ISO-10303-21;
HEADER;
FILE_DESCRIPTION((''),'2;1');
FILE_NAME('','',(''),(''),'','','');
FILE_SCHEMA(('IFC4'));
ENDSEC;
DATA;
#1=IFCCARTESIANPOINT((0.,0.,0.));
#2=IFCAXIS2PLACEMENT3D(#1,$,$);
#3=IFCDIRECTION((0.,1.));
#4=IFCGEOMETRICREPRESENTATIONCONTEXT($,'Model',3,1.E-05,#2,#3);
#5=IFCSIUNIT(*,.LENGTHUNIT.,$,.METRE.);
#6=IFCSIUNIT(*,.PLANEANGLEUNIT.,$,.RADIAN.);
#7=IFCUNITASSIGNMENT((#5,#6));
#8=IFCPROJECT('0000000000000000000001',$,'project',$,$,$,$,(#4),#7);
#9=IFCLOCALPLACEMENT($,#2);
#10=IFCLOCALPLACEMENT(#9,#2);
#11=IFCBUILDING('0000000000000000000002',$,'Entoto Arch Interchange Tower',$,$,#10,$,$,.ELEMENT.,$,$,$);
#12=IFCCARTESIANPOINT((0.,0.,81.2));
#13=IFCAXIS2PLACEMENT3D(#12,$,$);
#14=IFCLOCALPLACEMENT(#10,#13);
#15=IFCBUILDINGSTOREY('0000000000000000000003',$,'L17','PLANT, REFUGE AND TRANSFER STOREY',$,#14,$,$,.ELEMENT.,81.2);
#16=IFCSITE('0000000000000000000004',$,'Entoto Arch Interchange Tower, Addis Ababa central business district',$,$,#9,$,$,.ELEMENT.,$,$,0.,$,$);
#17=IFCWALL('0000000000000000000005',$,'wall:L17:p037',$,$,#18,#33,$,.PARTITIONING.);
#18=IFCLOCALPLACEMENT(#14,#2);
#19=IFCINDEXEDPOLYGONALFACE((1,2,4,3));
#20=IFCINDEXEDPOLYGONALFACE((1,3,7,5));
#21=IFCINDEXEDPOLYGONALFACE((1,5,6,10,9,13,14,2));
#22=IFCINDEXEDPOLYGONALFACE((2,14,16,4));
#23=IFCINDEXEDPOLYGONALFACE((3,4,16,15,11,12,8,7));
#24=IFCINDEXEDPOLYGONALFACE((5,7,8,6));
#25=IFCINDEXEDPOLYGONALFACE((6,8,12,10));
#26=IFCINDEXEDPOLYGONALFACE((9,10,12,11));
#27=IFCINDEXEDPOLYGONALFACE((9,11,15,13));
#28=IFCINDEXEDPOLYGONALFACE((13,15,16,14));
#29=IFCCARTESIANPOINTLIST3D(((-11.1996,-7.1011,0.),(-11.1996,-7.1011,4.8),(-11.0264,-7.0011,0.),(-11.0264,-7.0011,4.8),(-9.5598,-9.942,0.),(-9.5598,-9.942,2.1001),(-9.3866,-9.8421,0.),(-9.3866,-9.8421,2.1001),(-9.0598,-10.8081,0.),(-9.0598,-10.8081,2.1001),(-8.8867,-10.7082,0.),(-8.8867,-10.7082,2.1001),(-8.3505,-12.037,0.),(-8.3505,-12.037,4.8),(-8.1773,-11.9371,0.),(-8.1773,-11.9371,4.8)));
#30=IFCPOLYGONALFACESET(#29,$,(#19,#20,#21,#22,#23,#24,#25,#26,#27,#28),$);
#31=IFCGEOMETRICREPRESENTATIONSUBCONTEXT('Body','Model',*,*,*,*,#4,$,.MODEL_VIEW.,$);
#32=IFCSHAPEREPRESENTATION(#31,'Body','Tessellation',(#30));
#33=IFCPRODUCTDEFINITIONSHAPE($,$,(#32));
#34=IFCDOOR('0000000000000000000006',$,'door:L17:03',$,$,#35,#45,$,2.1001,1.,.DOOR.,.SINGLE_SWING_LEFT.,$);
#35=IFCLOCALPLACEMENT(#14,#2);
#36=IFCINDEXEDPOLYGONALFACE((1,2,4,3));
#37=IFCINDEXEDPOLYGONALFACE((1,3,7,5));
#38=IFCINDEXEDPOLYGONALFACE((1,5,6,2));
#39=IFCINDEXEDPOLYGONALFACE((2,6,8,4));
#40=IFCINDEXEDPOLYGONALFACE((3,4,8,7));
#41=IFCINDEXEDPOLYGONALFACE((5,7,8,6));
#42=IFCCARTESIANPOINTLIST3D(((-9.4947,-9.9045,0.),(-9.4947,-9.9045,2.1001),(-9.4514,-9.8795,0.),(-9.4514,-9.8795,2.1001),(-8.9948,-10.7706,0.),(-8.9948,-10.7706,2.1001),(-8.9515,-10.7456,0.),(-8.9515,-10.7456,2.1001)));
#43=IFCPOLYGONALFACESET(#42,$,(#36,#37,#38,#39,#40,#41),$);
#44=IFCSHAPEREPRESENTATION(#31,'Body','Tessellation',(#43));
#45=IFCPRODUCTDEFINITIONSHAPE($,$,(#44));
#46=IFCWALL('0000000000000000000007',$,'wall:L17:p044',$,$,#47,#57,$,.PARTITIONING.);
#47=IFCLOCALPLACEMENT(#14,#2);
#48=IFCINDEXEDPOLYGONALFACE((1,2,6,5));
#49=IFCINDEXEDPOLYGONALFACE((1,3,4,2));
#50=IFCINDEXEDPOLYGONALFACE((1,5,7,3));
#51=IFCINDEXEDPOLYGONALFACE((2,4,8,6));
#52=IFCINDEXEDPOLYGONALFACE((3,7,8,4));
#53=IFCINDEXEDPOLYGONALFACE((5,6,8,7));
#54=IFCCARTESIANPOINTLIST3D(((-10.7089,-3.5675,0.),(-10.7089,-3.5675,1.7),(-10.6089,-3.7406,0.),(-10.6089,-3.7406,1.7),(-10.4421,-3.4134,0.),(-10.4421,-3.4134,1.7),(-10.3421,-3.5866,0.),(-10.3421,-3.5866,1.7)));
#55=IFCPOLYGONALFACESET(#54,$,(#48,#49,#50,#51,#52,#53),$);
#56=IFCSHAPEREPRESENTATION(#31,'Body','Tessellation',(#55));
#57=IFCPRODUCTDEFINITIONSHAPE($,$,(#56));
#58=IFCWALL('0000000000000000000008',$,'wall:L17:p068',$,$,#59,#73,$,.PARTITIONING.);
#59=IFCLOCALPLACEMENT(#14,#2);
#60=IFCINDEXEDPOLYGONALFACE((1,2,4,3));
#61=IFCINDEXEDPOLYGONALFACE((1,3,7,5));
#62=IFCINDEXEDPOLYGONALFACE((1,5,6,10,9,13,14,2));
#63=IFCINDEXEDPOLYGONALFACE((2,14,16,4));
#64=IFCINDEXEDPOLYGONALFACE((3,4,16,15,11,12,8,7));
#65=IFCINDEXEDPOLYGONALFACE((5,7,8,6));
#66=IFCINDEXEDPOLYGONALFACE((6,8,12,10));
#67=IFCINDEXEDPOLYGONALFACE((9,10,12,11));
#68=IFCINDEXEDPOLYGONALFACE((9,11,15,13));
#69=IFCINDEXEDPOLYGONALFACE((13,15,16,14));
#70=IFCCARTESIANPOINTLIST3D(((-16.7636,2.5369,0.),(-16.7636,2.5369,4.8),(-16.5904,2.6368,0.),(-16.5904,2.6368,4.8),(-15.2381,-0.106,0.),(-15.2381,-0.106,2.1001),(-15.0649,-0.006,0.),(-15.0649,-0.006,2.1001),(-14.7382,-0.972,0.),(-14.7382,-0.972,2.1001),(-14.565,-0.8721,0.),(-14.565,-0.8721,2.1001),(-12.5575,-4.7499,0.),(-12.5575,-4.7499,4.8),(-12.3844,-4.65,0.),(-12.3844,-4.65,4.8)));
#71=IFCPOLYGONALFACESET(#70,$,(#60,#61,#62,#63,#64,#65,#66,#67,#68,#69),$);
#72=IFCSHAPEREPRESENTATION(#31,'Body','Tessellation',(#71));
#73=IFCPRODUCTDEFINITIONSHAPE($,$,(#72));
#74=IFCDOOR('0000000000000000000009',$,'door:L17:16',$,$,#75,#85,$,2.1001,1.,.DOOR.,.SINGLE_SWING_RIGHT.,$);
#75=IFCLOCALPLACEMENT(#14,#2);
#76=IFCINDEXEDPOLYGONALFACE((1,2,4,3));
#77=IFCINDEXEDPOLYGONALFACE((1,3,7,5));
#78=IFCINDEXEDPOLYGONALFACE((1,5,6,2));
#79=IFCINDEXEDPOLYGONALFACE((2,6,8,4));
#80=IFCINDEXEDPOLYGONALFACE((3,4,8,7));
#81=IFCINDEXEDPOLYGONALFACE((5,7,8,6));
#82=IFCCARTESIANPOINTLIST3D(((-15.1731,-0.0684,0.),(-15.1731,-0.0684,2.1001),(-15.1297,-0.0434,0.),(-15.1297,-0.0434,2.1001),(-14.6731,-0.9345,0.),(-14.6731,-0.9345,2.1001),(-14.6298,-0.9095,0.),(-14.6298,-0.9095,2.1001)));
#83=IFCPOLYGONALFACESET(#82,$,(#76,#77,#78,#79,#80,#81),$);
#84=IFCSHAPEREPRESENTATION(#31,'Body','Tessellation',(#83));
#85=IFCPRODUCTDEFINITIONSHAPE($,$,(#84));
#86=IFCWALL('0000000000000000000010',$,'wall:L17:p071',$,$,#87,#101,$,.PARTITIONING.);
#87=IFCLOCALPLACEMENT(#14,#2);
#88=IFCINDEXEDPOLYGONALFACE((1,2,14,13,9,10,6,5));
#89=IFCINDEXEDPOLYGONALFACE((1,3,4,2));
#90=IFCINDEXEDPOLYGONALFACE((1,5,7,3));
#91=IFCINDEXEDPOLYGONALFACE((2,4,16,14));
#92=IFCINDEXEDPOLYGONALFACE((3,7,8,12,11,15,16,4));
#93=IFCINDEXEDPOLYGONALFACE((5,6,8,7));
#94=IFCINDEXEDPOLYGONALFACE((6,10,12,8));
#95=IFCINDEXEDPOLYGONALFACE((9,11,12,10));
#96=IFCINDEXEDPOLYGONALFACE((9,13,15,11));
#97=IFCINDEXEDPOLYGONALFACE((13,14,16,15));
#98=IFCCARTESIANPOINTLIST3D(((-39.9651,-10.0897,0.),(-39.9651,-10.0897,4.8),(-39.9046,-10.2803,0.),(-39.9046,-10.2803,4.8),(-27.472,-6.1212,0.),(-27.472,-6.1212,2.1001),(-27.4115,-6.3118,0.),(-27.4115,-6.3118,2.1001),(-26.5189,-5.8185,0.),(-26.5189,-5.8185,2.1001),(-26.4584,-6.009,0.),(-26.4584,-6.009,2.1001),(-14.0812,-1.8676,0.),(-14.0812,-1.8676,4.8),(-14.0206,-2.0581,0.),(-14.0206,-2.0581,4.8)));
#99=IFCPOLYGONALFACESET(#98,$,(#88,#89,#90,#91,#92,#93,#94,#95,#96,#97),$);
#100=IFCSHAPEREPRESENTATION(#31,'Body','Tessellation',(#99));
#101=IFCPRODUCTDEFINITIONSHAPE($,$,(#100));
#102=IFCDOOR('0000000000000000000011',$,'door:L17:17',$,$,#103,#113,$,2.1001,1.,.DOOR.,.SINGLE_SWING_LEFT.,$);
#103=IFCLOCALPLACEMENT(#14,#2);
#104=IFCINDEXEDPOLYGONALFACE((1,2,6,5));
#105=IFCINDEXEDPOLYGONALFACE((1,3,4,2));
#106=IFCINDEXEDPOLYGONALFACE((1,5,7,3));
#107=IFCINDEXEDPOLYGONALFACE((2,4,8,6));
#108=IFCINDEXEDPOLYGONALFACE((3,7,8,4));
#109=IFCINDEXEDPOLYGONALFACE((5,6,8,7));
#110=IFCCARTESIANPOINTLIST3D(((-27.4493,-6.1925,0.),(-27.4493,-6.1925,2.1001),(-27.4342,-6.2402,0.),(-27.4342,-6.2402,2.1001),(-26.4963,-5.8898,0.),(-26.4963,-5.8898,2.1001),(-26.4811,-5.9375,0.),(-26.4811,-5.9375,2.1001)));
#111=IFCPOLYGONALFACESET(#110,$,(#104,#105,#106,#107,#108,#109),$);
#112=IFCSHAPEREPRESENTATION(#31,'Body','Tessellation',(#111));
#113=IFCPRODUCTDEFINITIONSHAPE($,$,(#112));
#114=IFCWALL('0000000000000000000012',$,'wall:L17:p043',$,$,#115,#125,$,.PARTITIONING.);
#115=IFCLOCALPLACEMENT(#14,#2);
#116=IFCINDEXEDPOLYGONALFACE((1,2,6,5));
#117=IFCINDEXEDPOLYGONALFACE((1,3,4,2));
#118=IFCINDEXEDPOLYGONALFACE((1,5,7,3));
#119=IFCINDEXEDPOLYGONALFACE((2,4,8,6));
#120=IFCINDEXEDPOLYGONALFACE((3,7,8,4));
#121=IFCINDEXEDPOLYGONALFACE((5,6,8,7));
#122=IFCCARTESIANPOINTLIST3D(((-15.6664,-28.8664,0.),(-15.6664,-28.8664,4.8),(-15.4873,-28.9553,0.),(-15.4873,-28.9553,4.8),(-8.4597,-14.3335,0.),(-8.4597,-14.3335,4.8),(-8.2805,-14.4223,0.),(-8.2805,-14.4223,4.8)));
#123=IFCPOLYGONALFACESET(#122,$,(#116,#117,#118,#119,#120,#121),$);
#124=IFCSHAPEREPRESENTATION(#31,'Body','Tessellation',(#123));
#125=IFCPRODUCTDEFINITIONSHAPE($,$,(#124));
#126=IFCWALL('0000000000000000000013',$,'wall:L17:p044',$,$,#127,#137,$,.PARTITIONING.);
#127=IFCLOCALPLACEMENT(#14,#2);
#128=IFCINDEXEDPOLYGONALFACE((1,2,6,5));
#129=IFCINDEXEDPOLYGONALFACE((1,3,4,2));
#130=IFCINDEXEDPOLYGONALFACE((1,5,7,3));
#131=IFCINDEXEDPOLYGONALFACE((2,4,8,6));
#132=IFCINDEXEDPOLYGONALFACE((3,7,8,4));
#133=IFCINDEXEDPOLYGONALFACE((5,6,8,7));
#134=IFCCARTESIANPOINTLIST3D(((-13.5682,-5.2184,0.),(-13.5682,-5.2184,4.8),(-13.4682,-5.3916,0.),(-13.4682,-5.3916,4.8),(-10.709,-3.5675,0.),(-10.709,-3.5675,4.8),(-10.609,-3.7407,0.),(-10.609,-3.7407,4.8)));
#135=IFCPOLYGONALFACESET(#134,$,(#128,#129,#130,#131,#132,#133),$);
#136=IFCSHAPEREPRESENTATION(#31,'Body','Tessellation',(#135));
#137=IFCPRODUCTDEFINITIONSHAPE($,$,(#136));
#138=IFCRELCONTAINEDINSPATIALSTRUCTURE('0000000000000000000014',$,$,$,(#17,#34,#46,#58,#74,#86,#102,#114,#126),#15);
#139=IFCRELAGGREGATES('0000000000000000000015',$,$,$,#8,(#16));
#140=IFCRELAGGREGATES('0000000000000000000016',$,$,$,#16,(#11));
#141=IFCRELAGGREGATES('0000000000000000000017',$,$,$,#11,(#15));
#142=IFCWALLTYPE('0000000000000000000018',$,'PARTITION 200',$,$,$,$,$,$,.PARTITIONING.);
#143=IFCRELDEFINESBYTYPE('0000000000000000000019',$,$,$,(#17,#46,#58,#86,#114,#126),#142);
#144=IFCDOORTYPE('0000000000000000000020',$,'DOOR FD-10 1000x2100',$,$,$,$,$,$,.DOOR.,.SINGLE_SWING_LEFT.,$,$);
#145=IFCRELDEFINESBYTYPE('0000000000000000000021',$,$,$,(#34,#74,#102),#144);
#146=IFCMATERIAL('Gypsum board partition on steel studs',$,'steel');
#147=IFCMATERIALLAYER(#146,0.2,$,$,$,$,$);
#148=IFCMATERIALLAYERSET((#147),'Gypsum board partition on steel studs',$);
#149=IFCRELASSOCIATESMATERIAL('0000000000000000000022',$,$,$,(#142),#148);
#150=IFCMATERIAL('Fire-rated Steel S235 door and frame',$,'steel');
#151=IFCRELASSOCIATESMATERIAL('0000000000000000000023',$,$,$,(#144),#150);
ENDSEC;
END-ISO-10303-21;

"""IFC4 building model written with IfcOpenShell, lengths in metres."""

from ifc_helpers import new_model, si_unit, direction, frame, frame_2d, origin, place, context, subcontext, project, spatial, rectangle, extrude, material, layer, layer_set, type_object, element, fill, save


model = new_model("IFC4")

# Units and contexts
model_context = context("Model", 3, precision=1e-05, world=origin(), true_north=direction((0.0, 1.0)))
body_context = subcontext(model_context, "Body", "Model", "MODEL_VIEW")
ifc_project = project(units=[si_unit("LENGTHUNIT", "METRE"), si_unit("PLANEANGLEUNIT", "RADIAN")], contexts=[model_context])

# Site, building, storey
site_placement = place(None, origin())
site = spatial("IfcSite", under=ifc_project, at=site_placement, Name="Entoto Arch Interchange Tower, Addis Ababa central business district", CompositionType="ELEMENT", RefElevation=0.0)
building_placement = place(site_placement, origin())
building = spatial("IfcBuilding", under=site, at=building_placement, Name="Entoto Arch Interchange Tower", CompositionType="ELEMENT")
storey_placement = place(building_placement, frame((0.0, 0.0, 81.2)))
storey = spatial("IfcBuildingStorey", under=building, at=storey_placement, Name="L17", Description="PLANT, REFUGE AND TRANSFER STOREY", CompositionType="ELEMENT", Elevation=81.2)

# Wall, opening, door
ifc_material_1 = material(Name="Gypsum board partition on steel studs", Category="steel")
ifc_layer_1 = layer(ifc_material_1, 0.2)
ifc_layer_set_1 = layer_set([ifc_layer_1], Name="Gypsum board partition on steel studs")
wall_type_1 = type_object("IfcWallType", Name="PARTITION 200", PredefinedType="PARTITIONING", material=ifc_layer_set_1)
wall_1_placement = place(storey_placement, frame((-8.2639, -11.9871, 0.0), z_axis=(0.0, 0.0, 1.0), x_axis=(-0.499908, 0.866079, 0.0)))
wall_1 = element("IfcWall", 1, at=wall_1_placement, inside=storey, type_object=wall_type_1, Name="wall:L17:p037", PredefinedType="PARTITIONING", context=body_context, shape_type="SweptSolid", body=[
    extrude(rectangle(XDim=5.6992, YDim=0.2, at=frame_2d((2.8496, 0.0))), origin(), (0.0, 0.0, 1.0), 4.8),
])
opening_1_placement = place(wall_1_placement, frame((1.4189, 0.0, 0.0)))
opening_1 = element("IfcOpeningElement", 2, at=opening_1_placement, cuts=wall_1, PredefinedType="OPENING", context=body_context, shape_type="SweptSolid", body=[
    extrude(rectangle(XDim=1.0, YDim=2.1001, at=frame_2d((0.5, 1.05))), frame((0.0, 0.1099, 0.0), z_axis=(0.0, -1.0, 0.0), x_axis=(1.0, 0.0, 0.0)), (0.0, 0.0, 1.0), 0.22),
])
ifc_material_2 = material(Name="Fire-rated Steel S235 door and frame", Category="steel")
door_type = type_object("IfcDoorType", Name="DOOR FD-10 1000x2100", OperationType="SINGLE_SWING_LEFT", PredefinedType="DOOR", material=ifc_material_2)
door_1_placement = place(opening_1_placement, origin())
door_1 = element("IfcDoor", 3, at=door_1_placement, inside=storey, type_object=door_type, Name="door:L17:03", OperationType="SINGLE_SWING_LEFT", OverallHeight=2.1001, OverallWidth=1.0, PredefinedType="DOOR", context=body_context, shape_type="SweptSolid", body=[
    extrude(rectangle(XDim=1.0, YDim=2.1001, at=frame_2d((0.5, 1.05))), frame((0.0, 0.0249, 0.0), z_axis=(0.0, -1.0, 0.0), x_axis=(1.0, 0.0, 0.0)), (0.0, 0.0, 1.0), 0.05),
])
fill(opening_1, door_1)

# Wall
wall_2_placement = place(storey_placement, frame((-10.3921, -3.5, 0.0), z_axis=(0.0, 0.0, 1.0), x_axis=(-0.86604, -0.499974, 0.0)))
element("IfcWall", 4, at=wall_2_placement, inside=storey, type_object=wall_type_1, Name="wall:L17:p044", PredefinedType="PARTITIONING", context=body_context, shape_type="SweptSolid", body=[
    extrude(rectangle(XDim=0.3081, YDim=0.2, at=frame_2d((0.1541, 0.0))), origin(), (0.0, 0.0, 1.0), 1.7),
])

# Walls, openings, doors
wall_3_placement = place(storey_placement, frame((-12.4709, -4.7, 0.0), z_axis=(0.0, 0.0, 1.0), x_axis=(-0.499909, 0.866078, 0.0)))
wall_3 = element("IfcWall", 5, at=wall_3_placement, inside=storey, type_object=wall_type_1, Name="wall:L17:p068", PredefinedType="PARTITIONING", context=body_context, shape_type="SweptSolid", body=[
    extrude(rectangle(XDim=8.4136, YDim=0.2, at=frame_2d((4.2068, 0.0))), origin(), (0.0, 0.0, 1.0), 4.8),
])
opening_2_placement = place(wall_3_placement, frame((4.3621, 0.0, 0.0)))
opening_2 = element("IfcOpeningElement", 6, at=opening_2_placement, cuts=wall_3, PredefinedType="OPENING", context=body_context, shape_type="SweptSolid", body=[
    extrude(rectangle(XDim=1.0, YDim=2.1001, at=frame_2d((0.5, 1.05))), frame((0.0, 0.1099, 0.0), z_axis=(0.0, -1.0, 0.0), x_axis=(1.0, 0.0, 0.0)), (0.0, 0.0, 1.0), 0.22),
])
door_2_placement = place(opening_2_placement, origin())
door_2 = element("IfcDoor", 7, at=door_2_placement, inside=storey, type_object=door_type, Name="door:L17:16", OperationType="SINGLE_SWING_RIGHT", OverallHeight=2.1001, OverallWidth=1.0, PredefinedType="DOOR", context=body_context, shape_type="SweptSolid", body=[
    extrude(rectangle(XDim=1.0, YDim=2.1001, at=frame_2d((0.5, 1.05))), frame((0.0, 0.0249, 0.0), z_axis=(0.0, -1.0, 0.0), x_axis=(1.0, 0.0, 0.0)), (0.0, 0.0, 1.0), 0.05),
])
fill(opening_2, door_2)
wall_4_placement = place(storey_placement, frame((-14.051, -1.9629, 0.0), z_axis=(0.0, 0.0, 1.0), x_axis=(-0.953071, -0.302747, 0.0)))
wall_4 = element("IfcWall", 8, at=wall_4_placement, inside=storey, type_object=wall_type_1, Name="wall:L17:p071", PredefinedType="PARTITIONING", context=body_context, shape_type="SweptSolid", body=[
    extrude(rectangle(XDim=27.1584, YDim=0.2, at=frame_2d((13.5791, 0.0))), origin(), (0.0, 0.0, 1.0), 4.8),
])
opening_3_placement = place(wall_4_placement, frame((13.05, 0.0, 0.0)))
opening_3 = element("IfcOpeningElement", 9, at=opening_3_placement, cuts=wall_4, PredefinedType="OPENING", context=body_context, shape_type="SweptSolid", body=[
    extrude(rectangle(XDim=1.0, YDim=2.1001, at=frame_2d((0.5, 1.05))), frame((0.0, 0.1099, 0.0), z_axis=(0.0, -1.0, 0.0), x_axis=(1.0, 0.0, 0.0)), (0.0, 0.0, 1.0), 0.22),
])
door_3_placement = place(opening_3_placement, origin())
door_3 = element("IfcDoor", 10, at=door_3_placement, inside=storey, type_object=door_type, Name="door:L17:17", OperationType="SINGLE_SWING_LEFT", OverallHeight=2.1001, OverallWidth=1.0, PredefinedType="DOOR", context=body_context, shape_type="SweptSolid", body=[
    extrude(rectangle(XDim=1.0, YDim=2.1001, at=frame_2d((0.5, 1.05))), frame((0.0, 0.0249, 0.0), z_axis=(0.0, -1.0, 0.0), x_axis=(1.0, 0.0, 0.0)), (0.0, 0.0, 1.0), 0.05),
])
fill(opening_3, door_3)

# Walls
wall_5_placement = place(storey_placement, frame((-8.3701, -14.3779, 0.0), z_axis=(0.0, 0.0, 1.0), x_axis=(-0.444267, -0.895894, 0.0)))
element("IfcWall", 11, at=wall_5_placement, inside=storey, type_object=wall_type_1, Name="wall:L17:p043", PredefinedType="PARTITIONING", context=body_context, shape_type="SweptSolid", body=[
    extrude(rectangle(XDim=16.2217, YDim=0.2, at=frame_2d((8.1108, 0.0))), origin(), (0.0, 0.0, 1.0), 4.8),
])
wall_6_placement = place(storey_placement, frame((-10.6589, -3.6541, 0.0), z_axis=(0.0, 0.0, 1.0), x_axis=(-0.866005, -0.500036, 0.0)))
element("IfcWall", 12, at=wall_6_placement, inside=storey, type_object=wall_type_1, Name="wall:L17:p044", PredefinedType="PARTITIONING", context=body_context, shape_type="SweptSolid", body=[
    extrude(rectangle(XDim=3.3015, YDim=0.2, at=frame_2d((1.6509, 0.0))), origin(), (0.0, 0.0, 1.0), 4.8),
])

save(model, "model.ifc")
